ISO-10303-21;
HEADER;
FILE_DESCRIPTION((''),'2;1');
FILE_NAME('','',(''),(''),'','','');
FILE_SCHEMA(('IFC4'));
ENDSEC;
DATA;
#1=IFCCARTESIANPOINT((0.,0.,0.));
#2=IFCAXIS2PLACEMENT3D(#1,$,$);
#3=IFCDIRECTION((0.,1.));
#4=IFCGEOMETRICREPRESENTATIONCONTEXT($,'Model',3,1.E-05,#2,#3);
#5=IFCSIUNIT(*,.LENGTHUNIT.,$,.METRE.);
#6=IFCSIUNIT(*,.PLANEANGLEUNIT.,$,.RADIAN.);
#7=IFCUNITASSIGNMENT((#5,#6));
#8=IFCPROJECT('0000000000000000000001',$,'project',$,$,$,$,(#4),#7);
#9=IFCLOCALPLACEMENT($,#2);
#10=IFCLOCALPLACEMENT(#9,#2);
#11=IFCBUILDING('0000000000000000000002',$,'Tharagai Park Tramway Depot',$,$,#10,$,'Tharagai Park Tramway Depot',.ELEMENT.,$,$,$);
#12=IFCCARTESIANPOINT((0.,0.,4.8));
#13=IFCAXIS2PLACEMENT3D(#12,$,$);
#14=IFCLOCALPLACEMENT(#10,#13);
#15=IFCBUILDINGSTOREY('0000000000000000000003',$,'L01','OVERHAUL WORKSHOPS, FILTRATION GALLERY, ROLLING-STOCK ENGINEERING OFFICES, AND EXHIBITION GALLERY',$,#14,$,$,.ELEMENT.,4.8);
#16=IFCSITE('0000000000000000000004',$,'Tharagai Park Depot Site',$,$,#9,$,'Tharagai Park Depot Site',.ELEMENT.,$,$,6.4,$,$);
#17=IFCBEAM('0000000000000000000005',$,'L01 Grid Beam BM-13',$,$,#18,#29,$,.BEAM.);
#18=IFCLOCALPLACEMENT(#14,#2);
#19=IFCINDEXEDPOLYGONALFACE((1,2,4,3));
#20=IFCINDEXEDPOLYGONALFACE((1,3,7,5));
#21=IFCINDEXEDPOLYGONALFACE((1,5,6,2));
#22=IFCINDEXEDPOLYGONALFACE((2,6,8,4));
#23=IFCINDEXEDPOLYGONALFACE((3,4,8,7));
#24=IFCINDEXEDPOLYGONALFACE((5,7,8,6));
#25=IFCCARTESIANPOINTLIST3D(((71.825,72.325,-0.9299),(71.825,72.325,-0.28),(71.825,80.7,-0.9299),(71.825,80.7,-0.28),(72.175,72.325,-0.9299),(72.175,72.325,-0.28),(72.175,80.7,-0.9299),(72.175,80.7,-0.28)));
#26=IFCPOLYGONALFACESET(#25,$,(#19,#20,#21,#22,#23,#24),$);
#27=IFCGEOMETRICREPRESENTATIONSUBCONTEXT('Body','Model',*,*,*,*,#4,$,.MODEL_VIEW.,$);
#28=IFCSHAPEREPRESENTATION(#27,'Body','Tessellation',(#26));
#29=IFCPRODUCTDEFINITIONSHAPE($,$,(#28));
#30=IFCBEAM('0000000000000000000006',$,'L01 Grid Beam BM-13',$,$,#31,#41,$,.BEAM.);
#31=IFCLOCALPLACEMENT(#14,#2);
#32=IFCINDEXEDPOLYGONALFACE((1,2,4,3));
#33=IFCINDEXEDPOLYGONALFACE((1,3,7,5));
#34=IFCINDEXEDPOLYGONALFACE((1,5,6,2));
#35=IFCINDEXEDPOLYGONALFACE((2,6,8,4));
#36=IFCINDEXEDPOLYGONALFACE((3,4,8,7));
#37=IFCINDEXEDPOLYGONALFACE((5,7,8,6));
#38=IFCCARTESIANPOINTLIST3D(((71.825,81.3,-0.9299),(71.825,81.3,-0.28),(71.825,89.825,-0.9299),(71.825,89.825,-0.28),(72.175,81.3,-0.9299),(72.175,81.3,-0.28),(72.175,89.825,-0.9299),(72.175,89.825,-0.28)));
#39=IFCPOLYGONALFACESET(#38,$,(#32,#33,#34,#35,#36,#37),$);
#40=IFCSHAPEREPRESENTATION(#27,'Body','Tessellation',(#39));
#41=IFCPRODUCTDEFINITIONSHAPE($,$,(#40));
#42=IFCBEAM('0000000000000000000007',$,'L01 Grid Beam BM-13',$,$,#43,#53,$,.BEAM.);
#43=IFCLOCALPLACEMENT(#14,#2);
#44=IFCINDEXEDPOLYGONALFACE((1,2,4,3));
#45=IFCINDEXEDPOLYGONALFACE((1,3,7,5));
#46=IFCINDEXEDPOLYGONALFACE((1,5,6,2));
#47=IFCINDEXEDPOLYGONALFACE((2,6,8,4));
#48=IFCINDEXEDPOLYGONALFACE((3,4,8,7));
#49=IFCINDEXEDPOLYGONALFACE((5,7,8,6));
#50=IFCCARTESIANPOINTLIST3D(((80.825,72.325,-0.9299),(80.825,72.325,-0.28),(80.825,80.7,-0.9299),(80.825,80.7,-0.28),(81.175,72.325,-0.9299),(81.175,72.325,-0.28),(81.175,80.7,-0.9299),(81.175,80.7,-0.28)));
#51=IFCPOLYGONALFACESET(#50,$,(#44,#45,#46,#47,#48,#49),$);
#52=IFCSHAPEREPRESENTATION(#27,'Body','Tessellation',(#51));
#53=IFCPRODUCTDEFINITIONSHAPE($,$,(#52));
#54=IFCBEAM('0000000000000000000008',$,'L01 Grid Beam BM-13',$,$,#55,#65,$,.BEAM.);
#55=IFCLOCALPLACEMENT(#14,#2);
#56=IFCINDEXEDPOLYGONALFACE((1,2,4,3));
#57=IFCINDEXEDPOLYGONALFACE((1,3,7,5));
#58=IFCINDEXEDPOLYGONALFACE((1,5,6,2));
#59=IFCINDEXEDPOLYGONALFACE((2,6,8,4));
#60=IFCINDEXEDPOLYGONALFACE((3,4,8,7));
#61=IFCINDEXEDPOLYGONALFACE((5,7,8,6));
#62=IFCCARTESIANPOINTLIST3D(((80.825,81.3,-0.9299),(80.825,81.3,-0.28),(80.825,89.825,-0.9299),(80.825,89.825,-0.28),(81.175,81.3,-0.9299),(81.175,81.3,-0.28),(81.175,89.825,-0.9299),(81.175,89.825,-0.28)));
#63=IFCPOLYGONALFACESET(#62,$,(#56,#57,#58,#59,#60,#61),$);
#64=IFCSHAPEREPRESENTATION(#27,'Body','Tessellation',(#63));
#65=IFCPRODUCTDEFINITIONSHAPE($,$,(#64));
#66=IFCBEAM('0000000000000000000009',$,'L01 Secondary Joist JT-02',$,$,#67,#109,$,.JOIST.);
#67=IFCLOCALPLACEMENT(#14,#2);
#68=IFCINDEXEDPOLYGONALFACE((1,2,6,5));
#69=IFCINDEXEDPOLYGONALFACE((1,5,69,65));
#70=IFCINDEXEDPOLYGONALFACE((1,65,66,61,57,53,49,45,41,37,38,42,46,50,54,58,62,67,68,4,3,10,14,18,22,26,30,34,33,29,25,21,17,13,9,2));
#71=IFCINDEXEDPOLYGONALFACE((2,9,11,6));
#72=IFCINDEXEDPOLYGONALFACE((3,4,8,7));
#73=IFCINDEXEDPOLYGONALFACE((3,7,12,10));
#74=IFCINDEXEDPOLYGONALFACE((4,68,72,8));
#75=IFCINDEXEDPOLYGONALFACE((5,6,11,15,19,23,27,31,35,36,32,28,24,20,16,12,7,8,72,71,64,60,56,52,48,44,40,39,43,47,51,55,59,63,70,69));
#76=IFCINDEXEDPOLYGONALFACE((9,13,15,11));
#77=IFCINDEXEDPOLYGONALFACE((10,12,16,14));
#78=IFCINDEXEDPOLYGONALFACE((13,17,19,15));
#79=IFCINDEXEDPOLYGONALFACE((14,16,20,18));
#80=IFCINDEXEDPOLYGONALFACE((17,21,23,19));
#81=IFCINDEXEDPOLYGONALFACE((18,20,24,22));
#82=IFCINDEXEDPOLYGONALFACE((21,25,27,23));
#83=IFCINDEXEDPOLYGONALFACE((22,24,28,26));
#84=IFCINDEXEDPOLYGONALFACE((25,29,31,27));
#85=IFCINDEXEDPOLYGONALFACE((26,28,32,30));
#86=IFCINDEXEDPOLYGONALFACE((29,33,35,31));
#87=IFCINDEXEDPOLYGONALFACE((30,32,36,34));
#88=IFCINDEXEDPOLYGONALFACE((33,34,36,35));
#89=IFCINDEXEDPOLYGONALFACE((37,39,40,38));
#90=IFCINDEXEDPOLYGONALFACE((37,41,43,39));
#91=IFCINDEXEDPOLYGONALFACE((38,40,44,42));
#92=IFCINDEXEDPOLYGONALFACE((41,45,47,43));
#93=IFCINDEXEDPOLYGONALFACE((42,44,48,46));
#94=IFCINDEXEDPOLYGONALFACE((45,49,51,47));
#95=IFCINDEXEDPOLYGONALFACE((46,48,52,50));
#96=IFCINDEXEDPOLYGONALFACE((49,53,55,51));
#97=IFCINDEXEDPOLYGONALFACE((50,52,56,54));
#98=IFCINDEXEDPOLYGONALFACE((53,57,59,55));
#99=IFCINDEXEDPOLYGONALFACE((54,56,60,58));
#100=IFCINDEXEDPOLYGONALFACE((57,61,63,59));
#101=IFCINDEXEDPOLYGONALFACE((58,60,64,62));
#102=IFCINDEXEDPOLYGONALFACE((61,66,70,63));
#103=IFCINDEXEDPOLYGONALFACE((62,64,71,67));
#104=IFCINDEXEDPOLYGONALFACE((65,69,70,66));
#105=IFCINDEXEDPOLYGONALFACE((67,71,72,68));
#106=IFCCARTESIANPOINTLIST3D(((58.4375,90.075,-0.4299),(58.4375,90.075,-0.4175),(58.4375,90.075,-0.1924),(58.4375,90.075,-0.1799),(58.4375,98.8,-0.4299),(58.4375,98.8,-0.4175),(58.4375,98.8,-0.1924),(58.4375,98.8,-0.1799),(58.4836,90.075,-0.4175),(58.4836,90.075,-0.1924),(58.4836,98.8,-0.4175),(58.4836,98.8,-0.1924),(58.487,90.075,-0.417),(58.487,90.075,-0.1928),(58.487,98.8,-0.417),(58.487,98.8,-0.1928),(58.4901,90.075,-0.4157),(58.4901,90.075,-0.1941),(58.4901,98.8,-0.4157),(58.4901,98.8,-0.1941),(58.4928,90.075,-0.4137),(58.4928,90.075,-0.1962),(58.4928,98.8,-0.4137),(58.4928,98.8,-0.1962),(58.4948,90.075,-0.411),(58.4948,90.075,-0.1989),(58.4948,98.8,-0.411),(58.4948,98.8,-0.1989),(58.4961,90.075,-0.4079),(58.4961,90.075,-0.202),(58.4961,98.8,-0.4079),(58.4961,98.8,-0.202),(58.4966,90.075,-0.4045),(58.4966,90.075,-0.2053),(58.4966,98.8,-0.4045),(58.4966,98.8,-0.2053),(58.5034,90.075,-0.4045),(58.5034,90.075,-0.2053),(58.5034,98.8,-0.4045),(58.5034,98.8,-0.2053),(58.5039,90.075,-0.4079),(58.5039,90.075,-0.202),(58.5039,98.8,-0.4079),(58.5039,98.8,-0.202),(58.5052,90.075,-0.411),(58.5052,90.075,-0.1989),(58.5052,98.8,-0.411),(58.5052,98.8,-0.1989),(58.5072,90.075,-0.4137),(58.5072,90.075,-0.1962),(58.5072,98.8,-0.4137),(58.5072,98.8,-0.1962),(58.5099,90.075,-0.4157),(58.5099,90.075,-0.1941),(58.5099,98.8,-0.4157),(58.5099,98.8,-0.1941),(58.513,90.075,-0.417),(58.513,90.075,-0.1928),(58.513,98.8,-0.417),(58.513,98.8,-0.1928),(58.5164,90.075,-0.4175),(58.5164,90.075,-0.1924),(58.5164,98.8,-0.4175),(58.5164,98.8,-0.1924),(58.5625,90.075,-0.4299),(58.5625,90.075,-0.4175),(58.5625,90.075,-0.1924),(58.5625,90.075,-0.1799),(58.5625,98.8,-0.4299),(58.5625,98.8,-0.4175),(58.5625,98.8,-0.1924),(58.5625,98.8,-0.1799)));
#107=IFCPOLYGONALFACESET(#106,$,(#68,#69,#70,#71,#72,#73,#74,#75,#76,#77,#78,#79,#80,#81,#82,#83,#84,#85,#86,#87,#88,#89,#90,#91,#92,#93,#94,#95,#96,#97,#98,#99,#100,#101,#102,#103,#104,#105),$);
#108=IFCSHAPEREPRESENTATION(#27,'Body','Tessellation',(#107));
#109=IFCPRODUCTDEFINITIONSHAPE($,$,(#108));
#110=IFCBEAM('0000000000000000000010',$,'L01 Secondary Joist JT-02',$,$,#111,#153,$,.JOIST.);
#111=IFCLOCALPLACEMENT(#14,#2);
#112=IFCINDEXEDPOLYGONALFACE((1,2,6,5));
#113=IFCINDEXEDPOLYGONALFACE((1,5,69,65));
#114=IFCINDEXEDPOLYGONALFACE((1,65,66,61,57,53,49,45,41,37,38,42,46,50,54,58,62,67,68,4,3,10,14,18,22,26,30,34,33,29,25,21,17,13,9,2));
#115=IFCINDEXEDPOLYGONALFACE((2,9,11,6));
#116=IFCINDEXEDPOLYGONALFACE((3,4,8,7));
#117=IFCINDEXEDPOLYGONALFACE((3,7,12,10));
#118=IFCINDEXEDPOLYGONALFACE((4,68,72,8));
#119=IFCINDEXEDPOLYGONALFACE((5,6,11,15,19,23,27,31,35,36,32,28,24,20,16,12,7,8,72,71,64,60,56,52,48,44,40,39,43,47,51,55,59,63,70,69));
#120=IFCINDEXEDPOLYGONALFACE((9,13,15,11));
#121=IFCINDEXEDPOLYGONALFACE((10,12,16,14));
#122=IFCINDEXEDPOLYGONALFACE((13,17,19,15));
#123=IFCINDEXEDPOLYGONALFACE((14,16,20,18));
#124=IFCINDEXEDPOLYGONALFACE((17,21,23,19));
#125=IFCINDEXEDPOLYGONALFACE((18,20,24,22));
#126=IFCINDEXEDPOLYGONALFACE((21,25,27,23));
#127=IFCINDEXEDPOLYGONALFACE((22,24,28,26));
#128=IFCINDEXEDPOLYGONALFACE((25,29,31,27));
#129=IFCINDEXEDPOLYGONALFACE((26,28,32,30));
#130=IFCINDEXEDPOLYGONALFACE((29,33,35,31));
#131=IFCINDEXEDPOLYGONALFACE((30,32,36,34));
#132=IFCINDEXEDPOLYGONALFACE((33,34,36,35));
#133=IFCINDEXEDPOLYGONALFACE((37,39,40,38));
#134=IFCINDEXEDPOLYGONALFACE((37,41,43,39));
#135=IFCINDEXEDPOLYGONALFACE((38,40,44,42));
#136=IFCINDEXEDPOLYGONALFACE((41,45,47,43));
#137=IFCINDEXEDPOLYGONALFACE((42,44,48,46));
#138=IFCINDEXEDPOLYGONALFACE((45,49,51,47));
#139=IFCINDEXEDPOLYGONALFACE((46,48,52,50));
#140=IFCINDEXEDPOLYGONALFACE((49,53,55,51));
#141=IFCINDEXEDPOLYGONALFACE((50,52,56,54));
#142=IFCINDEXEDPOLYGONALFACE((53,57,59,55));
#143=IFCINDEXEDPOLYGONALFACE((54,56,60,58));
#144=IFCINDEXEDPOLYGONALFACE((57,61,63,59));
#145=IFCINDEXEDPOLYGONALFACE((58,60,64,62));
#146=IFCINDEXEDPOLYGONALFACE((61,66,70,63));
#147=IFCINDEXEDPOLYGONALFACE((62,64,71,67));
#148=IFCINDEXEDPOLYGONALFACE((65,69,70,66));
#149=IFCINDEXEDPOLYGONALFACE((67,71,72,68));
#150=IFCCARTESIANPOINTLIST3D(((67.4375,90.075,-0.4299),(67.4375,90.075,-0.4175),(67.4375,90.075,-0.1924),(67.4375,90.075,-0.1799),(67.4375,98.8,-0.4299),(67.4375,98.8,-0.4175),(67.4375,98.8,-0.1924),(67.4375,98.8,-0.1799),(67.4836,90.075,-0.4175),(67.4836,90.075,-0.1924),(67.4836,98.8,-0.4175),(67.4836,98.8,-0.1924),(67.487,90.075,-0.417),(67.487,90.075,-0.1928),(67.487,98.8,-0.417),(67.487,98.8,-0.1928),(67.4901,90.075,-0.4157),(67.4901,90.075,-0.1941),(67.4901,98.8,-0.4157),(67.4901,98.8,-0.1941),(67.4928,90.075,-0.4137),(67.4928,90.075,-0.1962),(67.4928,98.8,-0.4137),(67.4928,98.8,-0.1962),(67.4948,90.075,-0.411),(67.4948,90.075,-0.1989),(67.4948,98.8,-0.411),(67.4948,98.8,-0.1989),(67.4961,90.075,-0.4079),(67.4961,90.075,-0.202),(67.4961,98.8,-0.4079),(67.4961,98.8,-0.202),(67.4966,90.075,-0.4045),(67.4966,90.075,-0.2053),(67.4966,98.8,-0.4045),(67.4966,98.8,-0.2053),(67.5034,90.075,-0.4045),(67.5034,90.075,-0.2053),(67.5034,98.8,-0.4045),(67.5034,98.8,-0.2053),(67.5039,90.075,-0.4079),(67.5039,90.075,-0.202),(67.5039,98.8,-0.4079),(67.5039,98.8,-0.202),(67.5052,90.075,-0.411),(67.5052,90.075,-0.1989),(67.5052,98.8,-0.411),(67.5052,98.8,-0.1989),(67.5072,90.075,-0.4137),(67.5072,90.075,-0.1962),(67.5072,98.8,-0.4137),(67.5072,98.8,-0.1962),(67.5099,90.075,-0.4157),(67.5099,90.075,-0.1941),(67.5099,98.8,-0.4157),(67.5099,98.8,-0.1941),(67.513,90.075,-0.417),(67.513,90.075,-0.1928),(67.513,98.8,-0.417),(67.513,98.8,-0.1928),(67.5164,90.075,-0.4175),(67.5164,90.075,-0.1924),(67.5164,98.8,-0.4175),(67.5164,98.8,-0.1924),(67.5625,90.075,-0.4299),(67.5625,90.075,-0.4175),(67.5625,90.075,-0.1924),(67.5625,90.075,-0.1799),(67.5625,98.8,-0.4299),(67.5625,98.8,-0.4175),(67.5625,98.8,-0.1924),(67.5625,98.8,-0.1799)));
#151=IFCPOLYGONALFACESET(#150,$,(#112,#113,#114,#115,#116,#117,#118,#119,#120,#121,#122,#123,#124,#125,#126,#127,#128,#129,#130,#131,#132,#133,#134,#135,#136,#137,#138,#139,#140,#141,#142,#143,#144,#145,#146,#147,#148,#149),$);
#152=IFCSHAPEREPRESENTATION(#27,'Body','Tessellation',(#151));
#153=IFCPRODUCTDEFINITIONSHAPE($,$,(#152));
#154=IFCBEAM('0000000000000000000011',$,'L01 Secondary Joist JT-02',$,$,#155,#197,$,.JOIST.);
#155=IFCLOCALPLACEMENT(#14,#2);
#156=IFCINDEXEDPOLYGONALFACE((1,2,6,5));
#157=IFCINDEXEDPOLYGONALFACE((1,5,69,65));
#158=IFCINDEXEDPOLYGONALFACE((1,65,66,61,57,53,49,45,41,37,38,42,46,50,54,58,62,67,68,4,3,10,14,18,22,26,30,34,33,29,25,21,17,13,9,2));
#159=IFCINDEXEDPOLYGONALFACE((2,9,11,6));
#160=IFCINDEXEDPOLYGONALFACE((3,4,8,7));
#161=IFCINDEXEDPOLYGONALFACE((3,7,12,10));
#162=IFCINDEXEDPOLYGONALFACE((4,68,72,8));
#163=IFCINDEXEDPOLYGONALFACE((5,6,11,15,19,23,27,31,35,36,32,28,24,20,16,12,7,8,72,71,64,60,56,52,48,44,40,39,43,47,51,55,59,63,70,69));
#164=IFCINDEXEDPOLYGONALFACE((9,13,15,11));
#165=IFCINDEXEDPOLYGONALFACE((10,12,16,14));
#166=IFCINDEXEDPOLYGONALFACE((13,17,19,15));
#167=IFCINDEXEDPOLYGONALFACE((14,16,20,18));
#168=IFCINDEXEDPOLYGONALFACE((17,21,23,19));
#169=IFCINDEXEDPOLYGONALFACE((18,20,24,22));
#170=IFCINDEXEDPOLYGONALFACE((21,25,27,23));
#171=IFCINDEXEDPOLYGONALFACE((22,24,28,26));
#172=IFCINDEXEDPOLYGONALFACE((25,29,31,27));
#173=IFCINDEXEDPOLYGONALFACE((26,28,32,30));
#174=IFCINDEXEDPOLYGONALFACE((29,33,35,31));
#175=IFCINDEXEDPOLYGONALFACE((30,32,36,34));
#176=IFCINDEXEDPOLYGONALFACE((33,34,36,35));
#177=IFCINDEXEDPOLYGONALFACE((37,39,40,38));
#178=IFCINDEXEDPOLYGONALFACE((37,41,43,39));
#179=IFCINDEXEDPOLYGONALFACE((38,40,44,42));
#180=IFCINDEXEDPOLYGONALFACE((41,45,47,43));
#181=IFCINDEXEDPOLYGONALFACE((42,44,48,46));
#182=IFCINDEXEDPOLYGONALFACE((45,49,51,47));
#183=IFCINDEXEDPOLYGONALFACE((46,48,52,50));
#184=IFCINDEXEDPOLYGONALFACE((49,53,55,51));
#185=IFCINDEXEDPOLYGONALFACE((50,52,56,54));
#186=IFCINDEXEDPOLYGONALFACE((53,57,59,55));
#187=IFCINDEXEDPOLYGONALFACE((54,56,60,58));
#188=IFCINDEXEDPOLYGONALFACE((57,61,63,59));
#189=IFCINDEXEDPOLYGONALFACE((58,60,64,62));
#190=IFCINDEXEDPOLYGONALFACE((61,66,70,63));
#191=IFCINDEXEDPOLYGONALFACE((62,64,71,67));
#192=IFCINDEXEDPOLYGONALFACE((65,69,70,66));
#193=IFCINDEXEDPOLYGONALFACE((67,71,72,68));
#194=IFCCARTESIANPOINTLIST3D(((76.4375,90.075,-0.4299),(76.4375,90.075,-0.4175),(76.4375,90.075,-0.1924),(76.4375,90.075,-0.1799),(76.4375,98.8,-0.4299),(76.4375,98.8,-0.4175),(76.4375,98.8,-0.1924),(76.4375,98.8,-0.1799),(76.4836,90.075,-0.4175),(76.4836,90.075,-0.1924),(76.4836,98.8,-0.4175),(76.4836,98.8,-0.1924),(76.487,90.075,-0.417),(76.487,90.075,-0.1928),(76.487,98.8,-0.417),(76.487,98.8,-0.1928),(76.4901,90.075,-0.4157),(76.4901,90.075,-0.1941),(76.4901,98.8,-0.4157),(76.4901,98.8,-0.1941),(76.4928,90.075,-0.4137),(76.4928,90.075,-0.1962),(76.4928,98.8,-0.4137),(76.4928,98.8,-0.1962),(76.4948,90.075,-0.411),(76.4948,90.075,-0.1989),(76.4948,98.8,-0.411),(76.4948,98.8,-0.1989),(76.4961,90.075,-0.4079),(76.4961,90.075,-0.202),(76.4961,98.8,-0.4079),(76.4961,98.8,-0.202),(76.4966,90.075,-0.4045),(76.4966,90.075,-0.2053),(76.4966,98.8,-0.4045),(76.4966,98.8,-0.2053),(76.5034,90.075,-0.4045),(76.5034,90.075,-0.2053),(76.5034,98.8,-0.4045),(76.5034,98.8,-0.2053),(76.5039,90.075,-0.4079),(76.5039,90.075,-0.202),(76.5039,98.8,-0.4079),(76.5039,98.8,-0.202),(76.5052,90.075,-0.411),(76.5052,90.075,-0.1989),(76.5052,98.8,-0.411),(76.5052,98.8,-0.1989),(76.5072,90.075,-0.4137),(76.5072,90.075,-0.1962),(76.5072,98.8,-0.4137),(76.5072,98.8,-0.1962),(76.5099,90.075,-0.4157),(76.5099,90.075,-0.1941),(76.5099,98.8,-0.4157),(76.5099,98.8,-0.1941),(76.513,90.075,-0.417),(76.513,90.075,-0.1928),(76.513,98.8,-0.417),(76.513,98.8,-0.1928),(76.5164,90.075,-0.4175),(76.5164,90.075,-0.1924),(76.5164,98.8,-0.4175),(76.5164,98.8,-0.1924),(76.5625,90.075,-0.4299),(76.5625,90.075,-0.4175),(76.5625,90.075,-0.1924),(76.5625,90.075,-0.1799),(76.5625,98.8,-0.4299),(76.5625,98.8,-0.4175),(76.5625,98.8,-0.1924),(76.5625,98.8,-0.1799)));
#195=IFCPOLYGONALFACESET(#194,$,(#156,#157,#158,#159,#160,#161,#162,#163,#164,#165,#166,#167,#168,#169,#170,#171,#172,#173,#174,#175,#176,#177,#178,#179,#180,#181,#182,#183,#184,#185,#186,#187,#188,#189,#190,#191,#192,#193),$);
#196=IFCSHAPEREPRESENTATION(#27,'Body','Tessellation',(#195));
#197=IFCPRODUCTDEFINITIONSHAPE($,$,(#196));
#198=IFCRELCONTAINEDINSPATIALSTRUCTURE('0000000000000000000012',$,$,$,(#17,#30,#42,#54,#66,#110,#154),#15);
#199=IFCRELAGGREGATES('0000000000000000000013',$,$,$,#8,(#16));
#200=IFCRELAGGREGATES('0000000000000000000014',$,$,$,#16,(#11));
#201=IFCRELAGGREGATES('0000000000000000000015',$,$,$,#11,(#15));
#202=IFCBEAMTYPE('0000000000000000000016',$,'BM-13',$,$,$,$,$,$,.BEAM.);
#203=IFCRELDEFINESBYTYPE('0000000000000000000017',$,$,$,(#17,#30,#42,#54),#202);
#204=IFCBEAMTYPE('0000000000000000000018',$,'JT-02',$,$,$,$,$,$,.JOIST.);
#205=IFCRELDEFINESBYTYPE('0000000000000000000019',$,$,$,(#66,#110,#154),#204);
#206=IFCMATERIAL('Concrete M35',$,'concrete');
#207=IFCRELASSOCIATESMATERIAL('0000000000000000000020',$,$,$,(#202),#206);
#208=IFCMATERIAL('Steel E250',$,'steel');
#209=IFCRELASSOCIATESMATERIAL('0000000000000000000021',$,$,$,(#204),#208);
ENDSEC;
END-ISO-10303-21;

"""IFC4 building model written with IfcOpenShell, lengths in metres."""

from ifc_helpers import new_model, si_unit, direction, frame, origin, origin_2d, place, context, subcontext, project, spatial, rectangle, i_section, extrude, material, material_profile, profile_set, type_object, element, save


model = new_model("IFC4")

# Units and contexts
model_context = context("Model", 3, precision=1e-05, world=origin(), true_north=direction((0.0, 1.0)))
body_context = subcontext(model_context, "Body", "Model", "MODEL_VIEW")
ifc_project = project(units=[si_unit("LENGTHUNIT", "METRE"), si_unit("PLANEANGLEUNIT", "RADIAN")], contexts=[model_context])

# Site, building, storey
site_placement = place(None, origin())
site = spatial("IfcSite", under=ifc_project, at=site_placement, Name="Tharagai Park Depot Site", LongName="Tharagai Park Depot Site", CompositionType="ELEMENT", RefElevation=6.4)
building_placement = place(site_placement, origin())
building = spatial("IfcBuilding", under=site, at=building_placement, Name="Tharagai Park Tramway Depot", LongName="Tharagai Park Tramway Depot", CompositionType="ELEMENT")
storey_placement = place(building_placement, frame((0.0, 0.0, 4.8)))
storey = spatial("IfcBuildingStorey", under=building, at=storey_placement, Name="L01", Description="OVERHAUL WORKSHOPS, FILTRATION GALLERY, ROLLING-STOCK ENGINEERING OFFICES, AND EXHIBITION GALLERY", CompositionType="ELEMENT", Elevation=4.8)

# Beams
ifc_material_1 = material(Name="Concrete M35", Category="concrete")
ifc_material_profile_1 = material_profile(ifc_material_1, rectangle(XDim=0.3501, YDim=0.6499, at=origin_2d()), Name="RC 350x650")
ifc_profile_set_1 = profile_set([ifc_material_profile_1], Name="Concrete M35")
beam_type_1 = type_object("IfcBeamType", Name="BM-13", PredefinedType="BEAM", material=ifc_profile_set_1)
beam_1_placement = place(storey_placement, frame((72.0, 72.325, -0.605), z_axis=(0.0, 1.0, 0.0), x_axis=(-1.0, 0.0, 0.0)))
element("IfcBeam", 1, at=beam_1_placement, inside=storey, type_object=beam_type_1, Name="L01 Grid Beam BM-13", PredefinedType="BEAM", context=body_context, shape_type="SweptSolid", body=[
    extrude(rectangle(XDim=0.3501, YDim=0.6499, at=origin_2d()), origin(), (0.0, 0.0, 1.0), 8.375),
])
beam_2_placement = place(storey_placement, frame((72.0, 81.3, -0.605), z_axis=(0.0, 1.0, 0.0), x_axis=(-1.0, 0.0, 0.0)))
element("IfcBeam", 2, at=beam_2_placement, inside=storey, type_object=beam_type_1, Name="L01 Grid Beam BM-13", PredefinedType="BEAM", context=body_context, shape_type="SweptSolid", body=[
    extrude(rectangle(XDim=0.3501, YDim=0.6499, at=origin_2d()), origin(), (0.0, 0.0, 1.0), 8.5249),
])
beam_3_placement = place(storey_placement, frame((81.0, 72.325, -0.605), z_axis=(0.0, 1.0, 0.0), x_axis=(-1.0, 0.0, 0.0)))
element("IfcBeam", 3, at=beam_3_placement, inside=storey, type_object=beam_type_1, Name="L01 Grid Beam BM-13", PredefinedType="BEAM", context=body_context, shape_type="SweptSolid", body=[
    extrude(rectangle(XDim=0.3501, YDim=0.6499, at=origin_2d()), origin(), (0.0, 0.0, 1.0), 8.375),
])
beam_4_placement = place(storey_placement, frame((81.0, 81.3, -0.605), z_axis=(0.0, 1.0, 0.0), x_axis=(-1.0, 0.0, 0.0)))
element("IfcBeam", 4, at=beam_4_placement, inside=storey, type_object=beam_type_1, Name="L01 Grid Beam BM-13", PredefinedType="BEAM", context=body_context, shape_type="SweptSolid", body=[
    extrude(rectangle(XDim=0.3501, YDim=0.6499, at=origin_2d()), origin(), (0.0, 0.0, 1.0), 8.5249),
])
ifc_material_2 = material(Name="Steel E250", Category="steel")
ifc_material_profile_2 = material_profile(ifc_material_2, i_section(OverallWidth=0.125, OverallDepth=0.25, WebThickness=0.0068, FlangeThickness=0.0125, FilletRadius=0.0129, at=origin_2d()), Name="ISMB 250")
ifc_profile_set_2 = profile_set([ifc_material_profile_2], Name="Steel E250")
beam_type_2 = type_object("IfcBeamType", Name="JT-02", PredefinedType="JOIST", material=ifc_profile_set_2)
for number, where, z_axis, x_axis, name in (
    (5, (58.5, 90.075, -0.3049), (0.0, 1.0, 0.0), (-1.0, 0.0, 0.0), "L01 Secondary Joist JT-02"),
    (6, (67.5, 90.075, -0.3049), (0.0, 1.0, 0.0), (-1.0, 0.0, 0.0), "L01 Secondary Joist JT-02"),
    (7, (76.5, 90.075, -0.3049), (0.0, 1.0, 0.0), (-1.0, 0.0, 0.0), "L01 Secondary Joist JT-02"),
):
    element("IfcBeam", number, at=place(storey_placement, frame(where, z_axis=z_axis, x_axis=x_axis)), inside=storey, type_object=beam_type_2, Name=name, PredefinedType="JOIST", context=body_context, shape_type="SweptSolid", body=[
        extrude(i_section(OverallWidth=0.125, OverallDepth=0.25, WebThickness=0.0068, FlangeThickness=0.0125, FilletRadius=0.0129, at=origin_2d()), origin(), (0.0, 0.0, 1.0), 8.7251),
    ])

save(model, "model.ifc")
